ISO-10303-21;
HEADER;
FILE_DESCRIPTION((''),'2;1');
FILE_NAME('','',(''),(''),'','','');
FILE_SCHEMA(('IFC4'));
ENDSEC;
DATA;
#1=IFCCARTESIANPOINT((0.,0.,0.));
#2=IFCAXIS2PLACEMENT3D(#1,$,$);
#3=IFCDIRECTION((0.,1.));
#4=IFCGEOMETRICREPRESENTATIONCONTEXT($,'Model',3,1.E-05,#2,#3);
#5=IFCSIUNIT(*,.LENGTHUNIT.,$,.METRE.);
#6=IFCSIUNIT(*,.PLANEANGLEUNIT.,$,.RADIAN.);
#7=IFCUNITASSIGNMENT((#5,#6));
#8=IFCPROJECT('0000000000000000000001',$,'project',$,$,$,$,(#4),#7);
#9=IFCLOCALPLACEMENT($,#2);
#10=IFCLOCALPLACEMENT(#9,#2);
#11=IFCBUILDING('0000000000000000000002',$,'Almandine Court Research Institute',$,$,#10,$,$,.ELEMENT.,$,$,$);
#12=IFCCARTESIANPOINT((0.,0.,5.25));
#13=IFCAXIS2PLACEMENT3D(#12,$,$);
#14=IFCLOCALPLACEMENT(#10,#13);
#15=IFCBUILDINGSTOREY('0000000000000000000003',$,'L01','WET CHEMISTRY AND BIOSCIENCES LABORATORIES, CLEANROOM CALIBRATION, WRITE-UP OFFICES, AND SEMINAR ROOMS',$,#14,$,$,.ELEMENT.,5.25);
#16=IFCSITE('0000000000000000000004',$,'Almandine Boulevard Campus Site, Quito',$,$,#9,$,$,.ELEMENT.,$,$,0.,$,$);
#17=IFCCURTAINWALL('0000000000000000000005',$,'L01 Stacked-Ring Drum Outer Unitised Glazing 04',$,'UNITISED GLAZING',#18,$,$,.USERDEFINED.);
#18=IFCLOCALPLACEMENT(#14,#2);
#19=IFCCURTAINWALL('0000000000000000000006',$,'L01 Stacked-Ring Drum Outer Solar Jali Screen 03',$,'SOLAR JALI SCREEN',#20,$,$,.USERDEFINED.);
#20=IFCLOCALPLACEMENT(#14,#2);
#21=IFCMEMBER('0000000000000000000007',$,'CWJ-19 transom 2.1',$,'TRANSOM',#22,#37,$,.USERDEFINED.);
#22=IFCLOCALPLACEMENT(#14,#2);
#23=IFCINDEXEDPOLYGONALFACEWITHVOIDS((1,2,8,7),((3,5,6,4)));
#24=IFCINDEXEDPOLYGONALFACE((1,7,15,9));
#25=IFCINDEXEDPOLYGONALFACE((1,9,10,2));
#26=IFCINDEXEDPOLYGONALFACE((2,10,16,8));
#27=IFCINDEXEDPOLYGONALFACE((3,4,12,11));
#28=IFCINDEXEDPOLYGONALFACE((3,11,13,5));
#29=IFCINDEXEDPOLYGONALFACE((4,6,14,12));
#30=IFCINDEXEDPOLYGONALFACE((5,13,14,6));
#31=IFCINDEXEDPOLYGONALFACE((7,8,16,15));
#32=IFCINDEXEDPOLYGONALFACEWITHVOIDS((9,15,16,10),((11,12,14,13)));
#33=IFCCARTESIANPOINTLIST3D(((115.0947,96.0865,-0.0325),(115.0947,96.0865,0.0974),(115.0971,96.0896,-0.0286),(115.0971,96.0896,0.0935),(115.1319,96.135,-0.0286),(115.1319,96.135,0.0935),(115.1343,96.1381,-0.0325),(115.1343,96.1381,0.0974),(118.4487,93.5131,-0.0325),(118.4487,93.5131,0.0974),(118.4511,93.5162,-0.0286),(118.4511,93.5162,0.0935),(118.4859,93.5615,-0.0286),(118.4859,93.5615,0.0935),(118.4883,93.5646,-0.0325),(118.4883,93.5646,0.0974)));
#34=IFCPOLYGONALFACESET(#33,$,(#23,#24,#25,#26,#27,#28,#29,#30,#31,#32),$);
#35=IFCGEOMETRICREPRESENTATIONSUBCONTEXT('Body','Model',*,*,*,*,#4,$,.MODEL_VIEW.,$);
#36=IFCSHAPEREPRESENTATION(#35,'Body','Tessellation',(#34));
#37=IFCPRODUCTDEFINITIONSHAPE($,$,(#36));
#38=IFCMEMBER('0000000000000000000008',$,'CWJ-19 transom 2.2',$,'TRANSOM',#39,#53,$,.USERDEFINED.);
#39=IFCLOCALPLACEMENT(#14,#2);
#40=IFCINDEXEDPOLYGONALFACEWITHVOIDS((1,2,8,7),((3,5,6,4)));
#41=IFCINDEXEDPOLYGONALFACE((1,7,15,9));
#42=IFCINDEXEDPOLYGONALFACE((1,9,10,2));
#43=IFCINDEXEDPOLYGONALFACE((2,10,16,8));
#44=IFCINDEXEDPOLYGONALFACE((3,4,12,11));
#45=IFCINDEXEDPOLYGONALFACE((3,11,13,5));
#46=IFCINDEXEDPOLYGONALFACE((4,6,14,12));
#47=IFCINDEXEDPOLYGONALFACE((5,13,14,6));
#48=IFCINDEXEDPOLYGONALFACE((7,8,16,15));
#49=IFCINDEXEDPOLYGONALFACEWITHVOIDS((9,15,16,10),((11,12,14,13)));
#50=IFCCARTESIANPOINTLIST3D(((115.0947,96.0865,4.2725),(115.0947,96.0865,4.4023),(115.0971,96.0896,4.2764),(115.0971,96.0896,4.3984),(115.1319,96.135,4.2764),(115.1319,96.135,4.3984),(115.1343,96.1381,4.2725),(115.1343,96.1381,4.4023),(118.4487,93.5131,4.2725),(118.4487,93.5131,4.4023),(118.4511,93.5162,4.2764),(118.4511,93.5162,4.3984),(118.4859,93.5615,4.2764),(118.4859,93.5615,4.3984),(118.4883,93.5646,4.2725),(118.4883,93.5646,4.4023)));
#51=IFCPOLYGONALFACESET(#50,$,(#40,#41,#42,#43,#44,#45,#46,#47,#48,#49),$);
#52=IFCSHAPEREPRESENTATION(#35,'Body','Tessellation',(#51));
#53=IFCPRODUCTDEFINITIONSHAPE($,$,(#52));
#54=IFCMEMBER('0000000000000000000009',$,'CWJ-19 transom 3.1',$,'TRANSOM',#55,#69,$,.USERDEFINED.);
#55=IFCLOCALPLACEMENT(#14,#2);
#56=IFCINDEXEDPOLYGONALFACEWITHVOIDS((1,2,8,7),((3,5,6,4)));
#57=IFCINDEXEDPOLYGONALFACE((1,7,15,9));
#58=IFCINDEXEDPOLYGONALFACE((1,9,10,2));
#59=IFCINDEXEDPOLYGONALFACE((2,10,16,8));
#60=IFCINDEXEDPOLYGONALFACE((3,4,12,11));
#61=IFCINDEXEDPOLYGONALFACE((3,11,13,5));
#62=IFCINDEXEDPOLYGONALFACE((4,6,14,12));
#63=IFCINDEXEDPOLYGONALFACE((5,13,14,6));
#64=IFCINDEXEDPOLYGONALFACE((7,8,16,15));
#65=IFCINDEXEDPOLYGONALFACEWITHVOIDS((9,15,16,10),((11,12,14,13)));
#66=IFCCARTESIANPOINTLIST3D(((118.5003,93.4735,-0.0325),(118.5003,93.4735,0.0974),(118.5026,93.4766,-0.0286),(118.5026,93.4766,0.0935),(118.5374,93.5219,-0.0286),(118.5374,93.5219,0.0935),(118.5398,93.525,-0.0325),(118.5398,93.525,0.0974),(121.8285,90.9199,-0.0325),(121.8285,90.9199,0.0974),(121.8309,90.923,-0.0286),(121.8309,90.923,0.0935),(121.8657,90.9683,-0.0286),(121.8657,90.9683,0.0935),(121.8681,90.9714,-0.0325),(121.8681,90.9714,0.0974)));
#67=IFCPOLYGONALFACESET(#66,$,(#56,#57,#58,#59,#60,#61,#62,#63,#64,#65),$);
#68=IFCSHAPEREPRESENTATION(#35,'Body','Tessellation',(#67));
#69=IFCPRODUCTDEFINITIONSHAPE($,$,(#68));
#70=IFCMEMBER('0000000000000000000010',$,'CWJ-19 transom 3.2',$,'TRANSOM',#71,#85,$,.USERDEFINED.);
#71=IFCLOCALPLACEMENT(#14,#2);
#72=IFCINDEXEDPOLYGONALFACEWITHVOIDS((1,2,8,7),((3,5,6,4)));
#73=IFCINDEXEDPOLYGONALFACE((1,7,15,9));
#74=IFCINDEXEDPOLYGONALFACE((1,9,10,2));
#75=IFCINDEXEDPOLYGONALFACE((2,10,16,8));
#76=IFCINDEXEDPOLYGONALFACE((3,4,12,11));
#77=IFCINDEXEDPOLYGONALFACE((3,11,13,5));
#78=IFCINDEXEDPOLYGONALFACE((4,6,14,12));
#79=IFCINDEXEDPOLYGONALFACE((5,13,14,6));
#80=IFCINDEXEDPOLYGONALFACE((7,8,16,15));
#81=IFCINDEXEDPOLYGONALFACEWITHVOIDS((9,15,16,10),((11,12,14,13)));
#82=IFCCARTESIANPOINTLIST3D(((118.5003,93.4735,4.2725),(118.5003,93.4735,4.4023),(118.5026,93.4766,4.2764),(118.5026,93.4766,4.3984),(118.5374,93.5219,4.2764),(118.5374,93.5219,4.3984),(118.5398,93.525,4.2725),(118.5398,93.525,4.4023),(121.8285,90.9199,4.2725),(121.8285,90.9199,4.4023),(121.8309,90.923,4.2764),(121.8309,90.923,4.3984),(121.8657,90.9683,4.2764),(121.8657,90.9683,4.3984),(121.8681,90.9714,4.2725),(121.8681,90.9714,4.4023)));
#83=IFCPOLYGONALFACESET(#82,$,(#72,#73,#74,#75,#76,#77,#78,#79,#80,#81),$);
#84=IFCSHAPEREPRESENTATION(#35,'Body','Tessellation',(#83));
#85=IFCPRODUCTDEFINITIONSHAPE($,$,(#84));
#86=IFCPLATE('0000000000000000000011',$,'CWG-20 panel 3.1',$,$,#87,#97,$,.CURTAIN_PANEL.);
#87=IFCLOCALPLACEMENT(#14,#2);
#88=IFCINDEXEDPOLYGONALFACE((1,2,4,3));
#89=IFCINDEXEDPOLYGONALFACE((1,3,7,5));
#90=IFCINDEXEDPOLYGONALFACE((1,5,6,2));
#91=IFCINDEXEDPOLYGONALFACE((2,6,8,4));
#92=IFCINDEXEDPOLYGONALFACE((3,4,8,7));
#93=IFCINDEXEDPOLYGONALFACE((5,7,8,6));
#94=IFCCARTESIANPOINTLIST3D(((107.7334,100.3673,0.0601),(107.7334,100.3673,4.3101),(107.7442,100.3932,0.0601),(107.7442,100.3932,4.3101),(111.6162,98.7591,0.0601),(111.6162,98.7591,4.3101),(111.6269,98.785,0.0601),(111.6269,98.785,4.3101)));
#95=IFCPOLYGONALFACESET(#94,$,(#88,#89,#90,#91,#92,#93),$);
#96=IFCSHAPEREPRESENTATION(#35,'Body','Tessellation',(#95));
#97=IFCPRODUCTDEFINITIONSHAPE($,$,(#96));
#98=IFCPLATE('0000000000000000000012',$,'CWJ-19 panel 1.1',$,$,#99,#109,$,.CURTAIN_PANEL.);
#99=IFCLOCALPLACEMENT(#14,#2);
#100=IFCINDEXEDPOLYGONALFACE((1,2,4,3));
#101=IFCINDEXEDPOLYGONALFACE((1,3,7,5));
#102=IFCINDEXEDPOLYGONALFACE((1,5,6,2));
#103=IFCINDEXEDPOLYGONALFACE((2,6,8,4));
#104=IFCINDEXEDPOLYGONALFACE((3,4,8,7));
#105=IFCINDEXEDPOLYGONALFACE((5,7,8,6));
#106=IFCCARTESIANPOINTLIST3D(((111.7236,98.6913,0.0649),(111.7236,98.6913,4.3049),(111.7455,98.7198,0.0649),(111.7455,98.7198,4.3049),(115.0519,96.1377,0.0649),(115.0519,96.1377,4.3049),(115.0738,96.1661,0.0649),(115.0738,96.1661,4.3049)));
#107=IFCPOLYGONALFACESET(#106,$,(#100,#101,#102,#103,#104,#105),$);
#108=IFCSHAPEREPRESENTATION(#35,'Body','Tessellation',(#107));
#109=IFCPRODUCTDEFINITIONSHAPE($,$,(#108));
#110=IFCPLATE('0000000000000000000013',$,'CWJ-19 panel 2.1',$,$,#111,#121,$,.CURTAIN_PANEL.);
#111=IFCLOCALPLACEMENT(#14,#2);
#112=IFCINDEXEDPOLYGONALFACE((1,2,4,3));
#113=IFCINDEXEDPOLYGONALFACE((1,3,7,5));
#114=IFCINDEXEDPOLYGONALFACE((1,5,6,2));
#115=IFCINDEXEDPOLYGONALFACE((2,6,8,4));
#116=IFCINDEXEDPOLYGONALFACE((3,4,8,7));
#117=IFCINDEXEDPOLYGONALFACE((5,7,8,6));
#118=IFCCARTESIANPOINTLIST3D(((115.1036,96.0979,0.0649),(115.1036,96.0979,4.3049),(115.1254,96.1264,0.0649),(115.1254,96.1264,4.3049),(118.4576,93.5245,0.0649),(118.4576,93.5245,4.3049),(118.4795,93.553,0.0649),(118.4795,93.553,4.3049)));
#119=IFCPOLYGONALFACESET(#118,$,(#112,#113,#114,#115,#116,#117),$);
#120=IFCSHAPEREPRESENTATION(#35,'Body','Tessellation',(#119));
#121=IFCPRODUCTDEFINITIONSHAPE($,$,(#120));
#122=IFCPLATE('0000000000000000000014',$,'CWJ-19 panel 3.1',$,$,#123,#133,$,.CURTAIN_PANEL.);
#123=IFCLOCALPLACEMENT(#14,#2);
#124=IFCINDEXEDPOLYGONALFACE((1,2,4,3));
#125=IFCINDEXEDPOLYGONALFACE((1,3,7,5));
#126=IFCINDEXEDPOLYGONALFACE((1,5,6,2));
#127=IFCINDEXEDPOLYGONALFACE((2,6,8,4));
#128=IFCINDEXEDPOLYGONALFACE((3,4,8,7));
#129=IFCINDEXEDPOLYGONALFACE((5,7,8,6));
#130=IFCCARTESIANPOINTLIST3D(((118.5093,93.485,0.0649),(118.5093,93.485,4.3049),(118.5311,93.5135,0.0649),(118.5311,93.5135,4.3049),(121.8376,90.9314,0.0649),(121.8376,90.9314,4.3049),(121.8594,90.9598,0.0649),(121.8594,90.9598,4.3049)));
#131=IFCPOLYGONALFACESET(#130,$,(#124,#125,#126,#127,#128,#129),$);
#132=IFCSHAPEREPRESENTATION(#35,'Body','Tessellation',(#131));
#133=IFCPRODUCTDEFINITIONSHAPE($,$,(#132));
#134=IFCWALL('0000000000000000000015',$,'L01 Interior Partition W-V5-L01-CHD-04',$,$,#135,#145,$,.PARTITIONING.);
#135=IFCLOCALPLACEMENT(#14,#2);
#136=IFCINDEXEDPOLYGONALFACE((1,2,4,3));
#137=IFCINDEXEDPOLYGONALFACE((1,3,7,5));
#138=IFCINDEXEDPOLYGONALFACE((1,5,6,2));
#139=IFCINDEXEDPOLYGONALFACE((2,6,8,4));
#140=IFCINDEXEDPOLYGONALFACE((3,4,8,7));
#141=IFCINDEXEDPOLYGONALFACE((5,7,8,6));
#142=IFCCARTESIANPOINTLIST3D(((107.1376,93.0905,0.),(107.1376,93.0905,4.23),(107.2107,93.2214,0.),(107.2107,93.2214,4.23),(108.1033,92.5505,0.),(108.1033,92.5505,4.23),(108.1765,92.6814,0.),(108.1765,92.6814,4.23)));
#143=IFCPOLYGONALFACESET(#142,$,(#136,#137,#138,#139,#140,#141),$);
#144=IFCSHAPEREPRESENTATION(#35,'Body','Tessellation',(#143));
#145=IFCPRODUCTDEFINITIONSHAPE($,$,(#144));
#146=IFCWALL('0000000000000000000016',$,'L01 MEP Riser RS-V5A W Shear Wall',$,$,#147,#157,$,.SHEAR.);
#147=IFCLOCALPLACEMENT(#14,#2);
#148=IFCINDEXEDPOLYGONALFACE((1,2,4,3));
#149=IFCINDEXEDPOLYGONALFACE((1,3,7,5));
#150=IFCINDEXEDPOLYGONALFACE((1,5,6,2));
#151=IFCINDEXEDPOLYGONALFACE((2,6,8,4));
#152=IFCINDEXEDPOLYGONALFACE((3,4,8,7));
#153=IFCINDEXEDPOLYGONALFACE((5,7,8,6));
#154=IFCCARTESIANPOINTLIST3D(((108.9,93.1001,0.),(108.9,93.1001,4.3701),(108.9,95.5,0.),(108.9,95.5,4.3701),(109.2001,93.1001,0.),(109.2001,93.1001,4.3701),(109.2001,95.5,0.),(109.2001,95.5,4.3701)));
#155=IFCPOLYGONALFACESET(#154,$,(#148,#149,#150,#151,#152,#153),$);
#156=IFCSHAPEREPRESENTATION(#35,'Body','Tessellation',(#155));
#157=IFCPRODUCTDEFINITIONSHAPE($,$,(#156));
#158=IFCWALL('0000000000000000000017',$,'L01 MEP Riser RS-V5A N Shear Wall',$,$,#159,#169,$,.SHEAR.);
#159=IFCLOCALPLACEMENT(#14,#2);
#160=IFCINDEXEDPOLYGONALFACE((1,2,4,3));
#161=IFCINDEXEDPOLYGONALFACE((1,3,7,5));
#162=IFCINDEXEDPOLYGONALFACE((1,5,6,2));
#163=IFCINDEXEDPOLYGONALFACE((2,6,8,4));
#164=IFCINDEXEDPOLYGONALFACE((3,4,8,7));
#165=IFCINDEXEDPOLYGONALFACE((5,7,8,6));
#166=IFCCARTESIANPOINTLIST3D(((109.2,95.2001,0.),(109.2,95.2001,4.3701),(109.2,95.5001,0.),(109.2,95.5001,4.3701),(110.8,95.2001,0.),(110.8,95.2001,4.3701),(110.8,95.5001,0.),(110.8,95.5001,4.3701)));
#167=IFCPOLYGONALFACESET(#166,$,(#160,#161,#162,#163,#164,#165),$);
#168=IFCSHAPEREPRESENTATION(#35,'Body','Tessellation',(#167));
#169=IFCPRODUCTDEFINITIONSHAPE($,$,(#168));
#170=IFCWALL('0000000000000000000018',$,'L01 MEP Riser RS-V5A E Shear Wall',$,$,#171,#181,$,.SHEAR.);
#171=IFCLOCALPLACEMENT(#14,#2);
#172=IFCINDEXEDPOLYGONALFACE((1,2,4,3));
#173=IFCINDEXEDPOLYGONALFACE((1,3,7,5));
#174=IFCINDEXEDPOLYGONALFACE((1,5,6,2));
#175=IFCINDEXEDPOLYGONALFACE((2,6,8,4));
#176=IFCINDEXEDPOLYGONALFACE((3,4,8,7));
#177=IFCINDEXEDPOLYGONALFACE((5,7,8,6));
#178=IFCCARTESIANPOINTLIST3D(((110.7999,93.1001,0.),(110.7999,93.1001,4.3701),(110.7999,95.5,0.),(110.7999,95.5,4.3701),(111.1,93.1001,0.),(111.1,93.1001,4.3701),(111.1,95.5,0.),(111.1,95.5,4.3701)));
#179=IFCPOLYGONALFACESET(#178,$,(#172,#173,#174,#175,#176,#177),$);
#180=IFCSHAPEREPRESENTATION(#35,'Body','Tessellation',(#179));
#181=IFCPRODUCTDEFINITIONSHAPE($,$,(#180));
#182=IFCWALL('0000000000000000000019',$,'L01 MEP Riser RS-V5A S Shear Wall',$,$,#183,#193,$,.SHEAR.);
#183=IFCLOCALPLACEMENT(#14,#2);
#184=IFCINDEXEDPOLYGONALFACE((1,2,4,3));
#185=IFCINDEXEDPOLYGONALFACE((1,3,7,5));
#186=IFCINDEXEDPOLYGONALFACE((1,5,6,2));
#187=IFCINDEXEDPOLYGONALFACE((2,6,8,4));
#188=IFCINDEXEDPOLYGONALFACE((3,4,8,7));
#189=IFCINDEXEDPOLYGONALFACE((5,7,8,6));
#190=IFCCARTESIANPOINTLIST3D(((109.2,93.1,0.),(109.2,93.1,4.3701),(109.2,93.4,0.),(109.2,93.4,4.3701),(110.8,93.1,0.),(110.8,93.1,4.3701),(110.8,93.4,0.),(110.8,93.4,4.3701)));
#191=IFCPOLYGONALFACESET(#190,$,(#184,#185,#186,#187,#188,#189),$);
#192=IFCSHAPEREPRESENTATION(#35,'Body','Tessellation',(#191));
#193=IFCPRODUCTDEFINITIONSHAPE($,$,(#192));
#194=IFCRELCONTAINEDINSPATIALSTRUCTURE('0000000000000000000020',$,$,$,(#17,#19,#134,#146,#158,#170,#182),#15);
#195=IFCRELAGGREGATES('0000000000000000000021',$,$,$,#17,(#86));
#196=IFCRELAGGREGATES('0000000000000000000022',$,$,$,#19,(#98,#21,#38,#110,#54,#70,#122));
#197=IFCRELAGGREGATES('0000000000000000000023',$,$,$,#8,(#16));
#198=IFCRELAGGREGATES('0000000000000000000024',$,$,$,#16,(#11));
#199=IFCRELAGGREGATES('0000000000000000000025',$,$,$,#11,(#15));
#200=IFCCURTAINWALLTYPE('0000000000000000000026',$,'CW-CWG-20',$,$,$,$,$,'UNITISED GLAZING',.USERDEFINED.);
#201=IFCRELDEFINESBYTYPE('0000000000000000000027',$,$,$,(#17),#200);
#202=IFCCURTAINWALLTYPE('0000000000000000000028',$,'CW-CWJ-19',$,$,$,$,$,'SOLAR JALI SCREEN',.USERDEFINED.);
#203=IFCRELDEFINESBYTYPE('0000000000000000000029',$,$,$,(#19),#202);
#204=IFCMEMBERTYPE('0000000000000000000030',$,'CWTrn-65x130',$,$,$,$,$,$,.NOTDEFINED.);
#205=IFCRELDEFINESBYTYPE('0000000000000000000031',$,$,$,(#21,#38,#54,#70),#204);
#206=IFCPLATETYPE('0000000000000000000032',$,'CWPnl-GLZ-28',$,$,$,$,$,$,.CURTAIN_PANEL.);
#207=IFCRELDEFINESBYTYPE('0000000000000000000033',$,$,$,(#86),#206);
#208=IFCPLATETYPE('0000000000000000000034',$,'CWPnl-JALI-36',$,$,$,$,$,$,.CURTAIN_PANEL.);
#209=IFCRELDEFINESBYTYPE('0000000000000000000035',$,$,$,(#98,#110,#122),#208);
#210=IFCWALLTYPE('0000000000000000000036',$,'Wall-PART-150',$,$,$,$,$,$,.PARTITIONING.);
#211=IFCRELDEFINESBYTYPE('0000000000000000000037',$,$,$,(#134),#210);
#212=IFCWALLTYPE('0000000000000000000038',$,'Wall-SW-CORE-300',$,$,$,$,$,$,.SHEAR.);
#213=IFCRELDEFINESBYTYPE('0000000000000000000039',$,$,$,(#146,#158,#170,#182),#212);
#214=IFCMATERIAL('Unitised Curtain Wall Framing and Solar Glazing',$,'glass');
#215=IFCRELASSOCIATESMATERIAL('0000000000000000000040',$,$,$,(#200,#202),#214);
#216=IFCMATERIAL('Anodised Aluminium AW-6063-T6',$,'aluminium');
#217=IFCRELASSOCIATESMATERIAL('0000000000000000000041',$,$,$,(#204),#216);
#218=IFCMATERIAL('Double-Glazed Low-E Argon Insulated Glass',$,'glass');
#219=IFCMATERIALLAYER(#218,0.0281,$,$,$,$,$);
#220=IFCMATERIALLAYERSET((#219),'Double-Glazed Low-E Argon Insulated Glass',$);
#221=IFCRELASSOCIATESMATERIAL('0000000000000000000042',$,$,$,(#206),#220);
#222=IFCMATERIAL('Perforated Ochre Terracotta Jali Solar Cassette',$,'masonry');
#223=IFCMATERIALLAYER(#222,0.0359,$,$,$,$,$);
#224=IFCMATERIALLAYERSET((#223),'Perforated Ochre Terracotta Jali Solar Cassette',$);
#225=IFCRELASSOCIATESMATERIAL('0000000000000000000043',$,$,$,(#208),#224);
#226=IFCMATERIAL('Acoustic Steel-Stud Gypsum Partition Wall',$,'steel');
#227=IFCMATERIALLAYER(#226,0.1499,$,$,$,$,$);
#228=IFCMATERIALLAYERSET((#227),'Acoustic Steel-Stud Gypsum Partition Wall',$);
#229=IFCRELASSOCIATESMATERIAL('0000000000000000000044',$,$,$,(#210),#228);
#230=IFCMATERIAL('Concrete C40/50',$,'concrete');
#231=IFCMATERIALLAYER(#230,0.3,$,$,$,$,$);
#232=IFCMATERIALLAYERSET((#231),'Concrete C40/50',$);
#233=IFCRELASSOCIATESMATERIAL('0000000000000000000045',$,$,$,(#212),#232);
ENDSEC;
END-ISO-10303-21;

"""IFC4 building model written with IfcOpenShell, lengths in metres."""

from ifc_helpers import new_model, si_unit, direction, frame, frame_2d, origin, origin_2d, place, context, subcontext, project, spatial, rectangle, hollow_rectangle, extrude, material, layer, layer_set, material_profile, profile_set, type_object, element, aggregate, save


model = new_model("IFC4")

# Units and contexts
model_context = context("Model", 3, precision=1e-05, world=origin(), true_north=direction((0.0, 1.0)))
body_context = subcontext(model_context, "Body", "Model", "MODEL_VIEW")
ifc_project = project(units=[si_unit("LENGTHUNIT", "METRE"), si_unit("PLANEANGLEUNIT", "RADIAN")], contexts=[model_context])

# Site, building, storey
site_placement = place(None, origin())
site = spatial("IfcSite", under=ifc_project, at=site_placement, Name="Almandine Boulevard Campus Site, Quito", CompositionType="ELEMENT", RefElevation=0.0)
building_placement = place(site_placement, origin())
building = spatial("IfcBuilding", under=site, at=building_placement, Name="Almandine Court Research Institute", CompositionType="ELEMENT")
storey_placement = place(building_placement, frame((0.0, 0.0, 5.25)))
storey = spatial("IfcBuildingStorey", under=building, at=storey_placement, Name="L01", Description="WET CHEMISTRY AND BIOSCIENCES LABORATORIES, CLEANROOM CALIBRATION, WRITE-UP OFFICES, AND SEMINAR ROOMS", CompositionType="ELEMENT", Elevation=5.25)

# Curtain wall
ifc_material_1 = material(Name="Unitised Curtain Wall Framing and Solar Glazing", Category="glass")
curtain_wall_type_1 = type_object("IfcCurtainWallType", Name="CW-CWG-20", ElementType="UNITISED GLAZING", PredefinedType="USERDEFINED", material=ifc_material_1)
curtain_wall_1_placement = place(storey_placement, origin())
curtain_wall_1 = element("IfcCurtainWall", 1, at=curtain_wall_1_placement, inside=storey, type_object=curtain_wall_type_1, Name="L01 Stacked-Ring Drum Outer Unitised Glazing 04", ObjectType="UNITISED GLAZING", PredefinedType="USERDEFINED")
ifc_material_2 = material(Name="Anodised Aluminium AW-6063-T6", Category="aluminium")

# Curtain wall
curtain_wall_type_2 = type_object("IfcCurtainWallType", Name="CW-CWJ-19", ElementType="SOLAR JALI SCREEN", PredefinedType="USERDEFINED", material=ifc_material_1)
curtain_wall_2_placement = place(storey_placement, origin())
curtain_wall_2 = element("IfcCurtainWall", 2, at=curtain_wall_2_placement, inside=storey, type_object=curtain_wall_type_2, Name="L01 Stacked-Ring Drum Outer Solar Jali Screen 03", ObjectType="SOLAR JALI SCREEN", PredefinedType="USERDEFINED")

# Members
ifc_material_profile_1 = material_profile(ifc_material_2, hollow_rectangle(XDim=0.0649, YDim=0.1299, WallThickness=0.0039, at=origin_2d()), Name="ALU RHS 65x130x4")
ifc_profile_set_1 = profile_set([ifc_material_profile_1], Name="Anodised Aluminium AW-6063-T6")
member_type_1 = type_object("IfcMemberType", Name="CWTrn-65x130", PredefinedType="NOTDEFINED", material=ifc_profile_set_1)
member_1_placement = place(storey_placement, frame((115.1145, 96.1123, 0.0325), z_axis=(0.793368, -0.608742, 0.0), x_axis=(0.608742, 0.793368, 0.0)))
member_1 = element("IfcMember", 3, at=member_1_placement, type_object=member_type_1, Name="CWJ-19 transom 2.1", ObjectType="TRANSOM", PredefinedType="USERDEFINED", context=body_context, shape_type="SweptSolid", body=[
    extrude(hollow_rectangle(XDim=0.0649, YDim=0.1299, WallThickness=0.0039, at=origin_2d()), origin(), (0.0, 0.0, 1.0), 4.2275),
])
member_2_placement = place(storey_placement, frame((115.1145, 96.1123, 4.3374), z_axis=(0.793368, -0.608742, 0.0), x_axis=(0.608742, 0.793368, 0.0)))
member_2 = element("IfcMember", 4, at=member_2_placement, type_object=member_type_1, Name="CWJ-19 transom 2.2", ObjectType="TRANSOM", PredefinedType="USERDEFINED", context=body_context, shape_type="SweptSolid", body=[
    extrude(hollow_rectangle(XDim=0.0649, YDim=0.1299, WallThickness=0.0039, at=origin_2d()), origin(), (0.0, 0.0, 1.0), 4.2275),
])
member_3_placement = place(storey_placement, frame((118.52, 93.4993, 0.0325), z_axis=(0.793381, -0.608726, 0.0), x_axis=(0.608726, 0.793381, 0.0)))
member_3 = element("IfcMember", 5, at=member_3_placement, type_object=member_type_1, Name="CWJ-19 transom 3.1", ObjectType="TRANSOM", PredefinedType="USERDEFINED", context=body_context, shape_type="SweptSolid", body=[
    extrude(hollow_rectangle(XDim=0.0649, YDim=0.1299, WallThickness=0.0039, at=origin_2d()), origin(), (0.0, 0.0, 1.0), 4.1951),
])
member_4_placement = place(storey_placement, frame((118.52, 93.4993, 4.3374), z_axis=(0.793381, -0.608726, 0.0), x_axis=(0.608726, 0.793381, 0.0)))
member_4 = element("IfcMember", 6, at=member_4_placement, type_object=member_type_1, Name="CWJ-19 transom 3.2", ObjectType="TRANSOM", PredefinedType="USERDEFINED", context=body_context, shape_type="SweptSolid", body=[
    extrude(hollow_rectangle(XDim=0.0649, YDim=0.1299, WallThickness=0.0039, at=origin_2d()), origin(), (0.0, 0.0, 1.0), 4.1951),
])

# Plates
ifc_material_3 = material(Name="Double-Glazed Low-E Argon Insulated Glass", Category="glass")
ifc_layer_1 = layer(ifc_material_3, 0.0281)
ifc_layer_set_1 = layer_set([ifc_layer_1], Name="Double-Glazed Low-E Argon Insulated Glass")
plate_type_1 = type_object("IfcPlateType", Name="CWPnl-GLZ-28", PredefinedType="CURTAIN_PANEL", material=ifc_layer_set_1)
plate_1_placement = place(storey_placement, frame((109.6802, 99.5762, 0.0601), z_axis=(0.0, 0.0, 1.0), x_axis=(0.923888, -0.382663, 0.0)))
plate_1 = element("IfcPlate", 7, at=plate_1_placement, type_object=plate_type_1, Name="CWG-20 panel 3.1", PredefinedType="CURTAIN_PANEL", context=body_context, shape_type="SweptSolid", body=[
    extrude(rectangle(XDim=4.2026, YDim=0.0281, at=origin_2d()), origin(), (0.0, 0.0, 1.0), 4.25),
])
aggregate(curtain_wall_1, [plate_1])
ifc_material_4 = material(Name="Perforated Ochre Terracotta Jali Solar Cassette", Category="masonry")
ifc_layer_2 = layer(ifc_material_4, 0.0359)
ifc_layer_set_2 = layer_set([ifc_layer_2], Name="Perforated Ochre Terracotta Jali Solar Cassette")
plate_type_2 = type_object("IfcPlateType", Name="CWPnl-JALI-36", PredefinedType="CURTAIN_PANEL", material=ifc_layer_set_2)
plate_2_placement = place(storey_placement, frame((113.3987, 97.4287, 0.0649), z_axis=(0.0, 0.0, 1.0), x_axis=(0.793383, -0.608723, 0.0)))
plate_2 = element("IfcPlate", 8, at=plate_2_placement, type_object=plate_type_2, Name="CWJ-19 panel 1.1", PredefinedType="CURTAIN_PANEL", context=body_context, shape_type="SweptSolid", body=[
    extrude(rectangle(XDim=4.1951, YDim=0.0359, at=origin_2d()), origin(), (0.0, 0.0, 1.0), 4.24),
])
plate_3_placement = place(storey_placement, frame((116.7915, 94.8254, 0.0649), z_axis=(0.0, 0.0, 1.0), x_axis=(0.793383, -0.608723, 0.0)))
plate_3 = element("IfcPlate", 9, at=plate_3_placement, type_object=plate_type_2, Name="CWJ-19 panel 2.1", PredefinedType="CURTAIN_PANEL", context=body_context, shape_type="SweptSolid", body=[
    extrude(rectangle(XDim=4.2275, YDim=0.0359, at=origin_2d()), origin(), (0.0, 0.0, 1.0), 4.24),
])
plate_4_placement = place(storey_placement, frame((120.1843, 92.2224, 0.0649), z_axis=(0.0, 0.0, 1.0), x_axis=(0.793383, -0.608723, 0.0)))
plate_4 = element("IfcPlate", 10, at=plate_4_placement, type_object=plate_type_2, Name="CWJ-19 panel 3.1", PredefinedType="CURTAIN_PANEL", context=body_context, shape_type="SweptSolid", body=[
    extrude(rectangle(XDim=4.1951, YDim=0.0359, at=origin_2d()), origin(), (0.0, 0.0, 1.0), 4.24),
])
aggregate(curtain_wall_2, [plate_2, member_1, member_2, plate_3, member_3, member_4, plate_4])

# Walls
ifc_material_5 = material(Name="Acoustic Steel-Stud Gypsum Partition Wall", Category="steel")
ifc_layer_3 = layer(ifc_material_5, 0.1499)
ifc_layer_set_3 = layer_set([ifc_layer_3], Name="Acoustic Steel-Stud Gypsum Partition Wall")
wall_type_1 = type_object("IfcWallType", Name="Wall-PART-150", PredefinedType="PARTITIONING", material=ifc_layer_set_3)
wall_1_placement = place(storey_placement, frame((108.1399, 92.616, 0.0), z_axis=(0.0, 0.0, 1.0), x_axis=(-0.872822, 0.488039, 0.0)))
element("IfcWall", 11, at=wall_1_placement, inside=storey, type_object=wall_type_1, Name="L01 Interior Partition W-V5-L01-CHD-04", PredefinedType="PARTITIONING", context=body_context, shape_type="SweptSolid", body=[
    extrude(rectangle(XDim=1.1064, YDim=0.1499, at=frame_2d((0.5532, 0.0))), origin(), (0.0, 0.0, 1.0), 4.23),
])
ifc_material_6 = material(Name="Concrete C40/50", Category="concrete")
ifc_layer_4 = layer(ifc_material_6, 0.3)
ifc_layer_set_4 = layer_set([ifc_layer_4], Name="Concrete C40/50")
wall_type_2 = type_object("IfcWallType", Name="Wall-SW-CORE-300", PredefinedType="SHEAR", material=ifc_layer_set_4)
wall_2_placement = place(storey_placement, frame((109.05, 93.1001, 0.0), z_axis=(0.0, 0.0, 1.0), x_axis=(0.0, 1.0, 0.0)))
element("IfcWall", 12, at=wall_2_placement, inside=storey, type_object=wall_type_2, Name="L01 MEP Riser RS-V5A W Shear Wall", PredefinedType="SHEAR", context=body_context, shape_type="SweptSolid", body=[
    extrude(rectangle(XDim=2.3999, YDim=0.3, at=frame_2d((1.2, 0.0))), origin(), (0.0, 0.0, 1.0), 4.3701),
])
wall_3_placement = place(storey_placement, frame((109.2, 95.3501, 0.0), z_axis=(0.0, 0.0, 1.0), x_axis=(1.0, 0.0, 0.0)))
element("IfcWall", 13, at=wall_3_placement, inside=storey, type_object=wall_type_2, Name="L01 MEP Riser RS-V5A N Shear Wall", PredefinedType="SHEAR", context=body_context, shape_type="SweptSolid", body=[
    extrude(rectangle(XDim=1.6001, YDim=0.3, at=frame_2d((0.8, 0.0))), origin(), (0.0, 0.0, 1.0), 4.3701),
])
wall_4_placement = place(storey_placement, frame((110.95, 95.5, 0.0), z_axis=(0.0, 0.0, 1.0), x_axis=(0.0, -1.0, 0.0)))
element("IfcWall", 14, at=wall_4_placement, inside=storey, type_object=wall_type_2, Name="L01 MEP Riser RS-V5A E Shear Wall", PredefinedType="SHEAR", context=body_context, shape_type="SweptSolid", body=[
    extrude(rectangle(XDim=2.3999, YDim=0.3, at=frame_2d((1.2, 0.0))), origin(), (0.0, 0.0, 1.0), 4.3701),
])
wall_5_placement = place(storey_placement, frame((110.8, 93.25, 0.0), z_axis=(0.0, 0.0, 1.0), x_axis=(-1.0, 0.0, 0.0)))
element("IfcWall", 15, at=wall_5_placement, inside=storey, type_object=wall_type_2, Name="L01 MEP Riser RS-V5A S Shear Wall", PredefinedType="SHEAR", context=body_context, shape_type="SweptSolid", body=[
    extrude(rectangle(XDim=1.6001, YDim=0.3, at=frame_2d((0.8, 0.0))), origin(), (0.0, 0.0, 1.0), 4.3701),
])

save(model, "model.ifc")
